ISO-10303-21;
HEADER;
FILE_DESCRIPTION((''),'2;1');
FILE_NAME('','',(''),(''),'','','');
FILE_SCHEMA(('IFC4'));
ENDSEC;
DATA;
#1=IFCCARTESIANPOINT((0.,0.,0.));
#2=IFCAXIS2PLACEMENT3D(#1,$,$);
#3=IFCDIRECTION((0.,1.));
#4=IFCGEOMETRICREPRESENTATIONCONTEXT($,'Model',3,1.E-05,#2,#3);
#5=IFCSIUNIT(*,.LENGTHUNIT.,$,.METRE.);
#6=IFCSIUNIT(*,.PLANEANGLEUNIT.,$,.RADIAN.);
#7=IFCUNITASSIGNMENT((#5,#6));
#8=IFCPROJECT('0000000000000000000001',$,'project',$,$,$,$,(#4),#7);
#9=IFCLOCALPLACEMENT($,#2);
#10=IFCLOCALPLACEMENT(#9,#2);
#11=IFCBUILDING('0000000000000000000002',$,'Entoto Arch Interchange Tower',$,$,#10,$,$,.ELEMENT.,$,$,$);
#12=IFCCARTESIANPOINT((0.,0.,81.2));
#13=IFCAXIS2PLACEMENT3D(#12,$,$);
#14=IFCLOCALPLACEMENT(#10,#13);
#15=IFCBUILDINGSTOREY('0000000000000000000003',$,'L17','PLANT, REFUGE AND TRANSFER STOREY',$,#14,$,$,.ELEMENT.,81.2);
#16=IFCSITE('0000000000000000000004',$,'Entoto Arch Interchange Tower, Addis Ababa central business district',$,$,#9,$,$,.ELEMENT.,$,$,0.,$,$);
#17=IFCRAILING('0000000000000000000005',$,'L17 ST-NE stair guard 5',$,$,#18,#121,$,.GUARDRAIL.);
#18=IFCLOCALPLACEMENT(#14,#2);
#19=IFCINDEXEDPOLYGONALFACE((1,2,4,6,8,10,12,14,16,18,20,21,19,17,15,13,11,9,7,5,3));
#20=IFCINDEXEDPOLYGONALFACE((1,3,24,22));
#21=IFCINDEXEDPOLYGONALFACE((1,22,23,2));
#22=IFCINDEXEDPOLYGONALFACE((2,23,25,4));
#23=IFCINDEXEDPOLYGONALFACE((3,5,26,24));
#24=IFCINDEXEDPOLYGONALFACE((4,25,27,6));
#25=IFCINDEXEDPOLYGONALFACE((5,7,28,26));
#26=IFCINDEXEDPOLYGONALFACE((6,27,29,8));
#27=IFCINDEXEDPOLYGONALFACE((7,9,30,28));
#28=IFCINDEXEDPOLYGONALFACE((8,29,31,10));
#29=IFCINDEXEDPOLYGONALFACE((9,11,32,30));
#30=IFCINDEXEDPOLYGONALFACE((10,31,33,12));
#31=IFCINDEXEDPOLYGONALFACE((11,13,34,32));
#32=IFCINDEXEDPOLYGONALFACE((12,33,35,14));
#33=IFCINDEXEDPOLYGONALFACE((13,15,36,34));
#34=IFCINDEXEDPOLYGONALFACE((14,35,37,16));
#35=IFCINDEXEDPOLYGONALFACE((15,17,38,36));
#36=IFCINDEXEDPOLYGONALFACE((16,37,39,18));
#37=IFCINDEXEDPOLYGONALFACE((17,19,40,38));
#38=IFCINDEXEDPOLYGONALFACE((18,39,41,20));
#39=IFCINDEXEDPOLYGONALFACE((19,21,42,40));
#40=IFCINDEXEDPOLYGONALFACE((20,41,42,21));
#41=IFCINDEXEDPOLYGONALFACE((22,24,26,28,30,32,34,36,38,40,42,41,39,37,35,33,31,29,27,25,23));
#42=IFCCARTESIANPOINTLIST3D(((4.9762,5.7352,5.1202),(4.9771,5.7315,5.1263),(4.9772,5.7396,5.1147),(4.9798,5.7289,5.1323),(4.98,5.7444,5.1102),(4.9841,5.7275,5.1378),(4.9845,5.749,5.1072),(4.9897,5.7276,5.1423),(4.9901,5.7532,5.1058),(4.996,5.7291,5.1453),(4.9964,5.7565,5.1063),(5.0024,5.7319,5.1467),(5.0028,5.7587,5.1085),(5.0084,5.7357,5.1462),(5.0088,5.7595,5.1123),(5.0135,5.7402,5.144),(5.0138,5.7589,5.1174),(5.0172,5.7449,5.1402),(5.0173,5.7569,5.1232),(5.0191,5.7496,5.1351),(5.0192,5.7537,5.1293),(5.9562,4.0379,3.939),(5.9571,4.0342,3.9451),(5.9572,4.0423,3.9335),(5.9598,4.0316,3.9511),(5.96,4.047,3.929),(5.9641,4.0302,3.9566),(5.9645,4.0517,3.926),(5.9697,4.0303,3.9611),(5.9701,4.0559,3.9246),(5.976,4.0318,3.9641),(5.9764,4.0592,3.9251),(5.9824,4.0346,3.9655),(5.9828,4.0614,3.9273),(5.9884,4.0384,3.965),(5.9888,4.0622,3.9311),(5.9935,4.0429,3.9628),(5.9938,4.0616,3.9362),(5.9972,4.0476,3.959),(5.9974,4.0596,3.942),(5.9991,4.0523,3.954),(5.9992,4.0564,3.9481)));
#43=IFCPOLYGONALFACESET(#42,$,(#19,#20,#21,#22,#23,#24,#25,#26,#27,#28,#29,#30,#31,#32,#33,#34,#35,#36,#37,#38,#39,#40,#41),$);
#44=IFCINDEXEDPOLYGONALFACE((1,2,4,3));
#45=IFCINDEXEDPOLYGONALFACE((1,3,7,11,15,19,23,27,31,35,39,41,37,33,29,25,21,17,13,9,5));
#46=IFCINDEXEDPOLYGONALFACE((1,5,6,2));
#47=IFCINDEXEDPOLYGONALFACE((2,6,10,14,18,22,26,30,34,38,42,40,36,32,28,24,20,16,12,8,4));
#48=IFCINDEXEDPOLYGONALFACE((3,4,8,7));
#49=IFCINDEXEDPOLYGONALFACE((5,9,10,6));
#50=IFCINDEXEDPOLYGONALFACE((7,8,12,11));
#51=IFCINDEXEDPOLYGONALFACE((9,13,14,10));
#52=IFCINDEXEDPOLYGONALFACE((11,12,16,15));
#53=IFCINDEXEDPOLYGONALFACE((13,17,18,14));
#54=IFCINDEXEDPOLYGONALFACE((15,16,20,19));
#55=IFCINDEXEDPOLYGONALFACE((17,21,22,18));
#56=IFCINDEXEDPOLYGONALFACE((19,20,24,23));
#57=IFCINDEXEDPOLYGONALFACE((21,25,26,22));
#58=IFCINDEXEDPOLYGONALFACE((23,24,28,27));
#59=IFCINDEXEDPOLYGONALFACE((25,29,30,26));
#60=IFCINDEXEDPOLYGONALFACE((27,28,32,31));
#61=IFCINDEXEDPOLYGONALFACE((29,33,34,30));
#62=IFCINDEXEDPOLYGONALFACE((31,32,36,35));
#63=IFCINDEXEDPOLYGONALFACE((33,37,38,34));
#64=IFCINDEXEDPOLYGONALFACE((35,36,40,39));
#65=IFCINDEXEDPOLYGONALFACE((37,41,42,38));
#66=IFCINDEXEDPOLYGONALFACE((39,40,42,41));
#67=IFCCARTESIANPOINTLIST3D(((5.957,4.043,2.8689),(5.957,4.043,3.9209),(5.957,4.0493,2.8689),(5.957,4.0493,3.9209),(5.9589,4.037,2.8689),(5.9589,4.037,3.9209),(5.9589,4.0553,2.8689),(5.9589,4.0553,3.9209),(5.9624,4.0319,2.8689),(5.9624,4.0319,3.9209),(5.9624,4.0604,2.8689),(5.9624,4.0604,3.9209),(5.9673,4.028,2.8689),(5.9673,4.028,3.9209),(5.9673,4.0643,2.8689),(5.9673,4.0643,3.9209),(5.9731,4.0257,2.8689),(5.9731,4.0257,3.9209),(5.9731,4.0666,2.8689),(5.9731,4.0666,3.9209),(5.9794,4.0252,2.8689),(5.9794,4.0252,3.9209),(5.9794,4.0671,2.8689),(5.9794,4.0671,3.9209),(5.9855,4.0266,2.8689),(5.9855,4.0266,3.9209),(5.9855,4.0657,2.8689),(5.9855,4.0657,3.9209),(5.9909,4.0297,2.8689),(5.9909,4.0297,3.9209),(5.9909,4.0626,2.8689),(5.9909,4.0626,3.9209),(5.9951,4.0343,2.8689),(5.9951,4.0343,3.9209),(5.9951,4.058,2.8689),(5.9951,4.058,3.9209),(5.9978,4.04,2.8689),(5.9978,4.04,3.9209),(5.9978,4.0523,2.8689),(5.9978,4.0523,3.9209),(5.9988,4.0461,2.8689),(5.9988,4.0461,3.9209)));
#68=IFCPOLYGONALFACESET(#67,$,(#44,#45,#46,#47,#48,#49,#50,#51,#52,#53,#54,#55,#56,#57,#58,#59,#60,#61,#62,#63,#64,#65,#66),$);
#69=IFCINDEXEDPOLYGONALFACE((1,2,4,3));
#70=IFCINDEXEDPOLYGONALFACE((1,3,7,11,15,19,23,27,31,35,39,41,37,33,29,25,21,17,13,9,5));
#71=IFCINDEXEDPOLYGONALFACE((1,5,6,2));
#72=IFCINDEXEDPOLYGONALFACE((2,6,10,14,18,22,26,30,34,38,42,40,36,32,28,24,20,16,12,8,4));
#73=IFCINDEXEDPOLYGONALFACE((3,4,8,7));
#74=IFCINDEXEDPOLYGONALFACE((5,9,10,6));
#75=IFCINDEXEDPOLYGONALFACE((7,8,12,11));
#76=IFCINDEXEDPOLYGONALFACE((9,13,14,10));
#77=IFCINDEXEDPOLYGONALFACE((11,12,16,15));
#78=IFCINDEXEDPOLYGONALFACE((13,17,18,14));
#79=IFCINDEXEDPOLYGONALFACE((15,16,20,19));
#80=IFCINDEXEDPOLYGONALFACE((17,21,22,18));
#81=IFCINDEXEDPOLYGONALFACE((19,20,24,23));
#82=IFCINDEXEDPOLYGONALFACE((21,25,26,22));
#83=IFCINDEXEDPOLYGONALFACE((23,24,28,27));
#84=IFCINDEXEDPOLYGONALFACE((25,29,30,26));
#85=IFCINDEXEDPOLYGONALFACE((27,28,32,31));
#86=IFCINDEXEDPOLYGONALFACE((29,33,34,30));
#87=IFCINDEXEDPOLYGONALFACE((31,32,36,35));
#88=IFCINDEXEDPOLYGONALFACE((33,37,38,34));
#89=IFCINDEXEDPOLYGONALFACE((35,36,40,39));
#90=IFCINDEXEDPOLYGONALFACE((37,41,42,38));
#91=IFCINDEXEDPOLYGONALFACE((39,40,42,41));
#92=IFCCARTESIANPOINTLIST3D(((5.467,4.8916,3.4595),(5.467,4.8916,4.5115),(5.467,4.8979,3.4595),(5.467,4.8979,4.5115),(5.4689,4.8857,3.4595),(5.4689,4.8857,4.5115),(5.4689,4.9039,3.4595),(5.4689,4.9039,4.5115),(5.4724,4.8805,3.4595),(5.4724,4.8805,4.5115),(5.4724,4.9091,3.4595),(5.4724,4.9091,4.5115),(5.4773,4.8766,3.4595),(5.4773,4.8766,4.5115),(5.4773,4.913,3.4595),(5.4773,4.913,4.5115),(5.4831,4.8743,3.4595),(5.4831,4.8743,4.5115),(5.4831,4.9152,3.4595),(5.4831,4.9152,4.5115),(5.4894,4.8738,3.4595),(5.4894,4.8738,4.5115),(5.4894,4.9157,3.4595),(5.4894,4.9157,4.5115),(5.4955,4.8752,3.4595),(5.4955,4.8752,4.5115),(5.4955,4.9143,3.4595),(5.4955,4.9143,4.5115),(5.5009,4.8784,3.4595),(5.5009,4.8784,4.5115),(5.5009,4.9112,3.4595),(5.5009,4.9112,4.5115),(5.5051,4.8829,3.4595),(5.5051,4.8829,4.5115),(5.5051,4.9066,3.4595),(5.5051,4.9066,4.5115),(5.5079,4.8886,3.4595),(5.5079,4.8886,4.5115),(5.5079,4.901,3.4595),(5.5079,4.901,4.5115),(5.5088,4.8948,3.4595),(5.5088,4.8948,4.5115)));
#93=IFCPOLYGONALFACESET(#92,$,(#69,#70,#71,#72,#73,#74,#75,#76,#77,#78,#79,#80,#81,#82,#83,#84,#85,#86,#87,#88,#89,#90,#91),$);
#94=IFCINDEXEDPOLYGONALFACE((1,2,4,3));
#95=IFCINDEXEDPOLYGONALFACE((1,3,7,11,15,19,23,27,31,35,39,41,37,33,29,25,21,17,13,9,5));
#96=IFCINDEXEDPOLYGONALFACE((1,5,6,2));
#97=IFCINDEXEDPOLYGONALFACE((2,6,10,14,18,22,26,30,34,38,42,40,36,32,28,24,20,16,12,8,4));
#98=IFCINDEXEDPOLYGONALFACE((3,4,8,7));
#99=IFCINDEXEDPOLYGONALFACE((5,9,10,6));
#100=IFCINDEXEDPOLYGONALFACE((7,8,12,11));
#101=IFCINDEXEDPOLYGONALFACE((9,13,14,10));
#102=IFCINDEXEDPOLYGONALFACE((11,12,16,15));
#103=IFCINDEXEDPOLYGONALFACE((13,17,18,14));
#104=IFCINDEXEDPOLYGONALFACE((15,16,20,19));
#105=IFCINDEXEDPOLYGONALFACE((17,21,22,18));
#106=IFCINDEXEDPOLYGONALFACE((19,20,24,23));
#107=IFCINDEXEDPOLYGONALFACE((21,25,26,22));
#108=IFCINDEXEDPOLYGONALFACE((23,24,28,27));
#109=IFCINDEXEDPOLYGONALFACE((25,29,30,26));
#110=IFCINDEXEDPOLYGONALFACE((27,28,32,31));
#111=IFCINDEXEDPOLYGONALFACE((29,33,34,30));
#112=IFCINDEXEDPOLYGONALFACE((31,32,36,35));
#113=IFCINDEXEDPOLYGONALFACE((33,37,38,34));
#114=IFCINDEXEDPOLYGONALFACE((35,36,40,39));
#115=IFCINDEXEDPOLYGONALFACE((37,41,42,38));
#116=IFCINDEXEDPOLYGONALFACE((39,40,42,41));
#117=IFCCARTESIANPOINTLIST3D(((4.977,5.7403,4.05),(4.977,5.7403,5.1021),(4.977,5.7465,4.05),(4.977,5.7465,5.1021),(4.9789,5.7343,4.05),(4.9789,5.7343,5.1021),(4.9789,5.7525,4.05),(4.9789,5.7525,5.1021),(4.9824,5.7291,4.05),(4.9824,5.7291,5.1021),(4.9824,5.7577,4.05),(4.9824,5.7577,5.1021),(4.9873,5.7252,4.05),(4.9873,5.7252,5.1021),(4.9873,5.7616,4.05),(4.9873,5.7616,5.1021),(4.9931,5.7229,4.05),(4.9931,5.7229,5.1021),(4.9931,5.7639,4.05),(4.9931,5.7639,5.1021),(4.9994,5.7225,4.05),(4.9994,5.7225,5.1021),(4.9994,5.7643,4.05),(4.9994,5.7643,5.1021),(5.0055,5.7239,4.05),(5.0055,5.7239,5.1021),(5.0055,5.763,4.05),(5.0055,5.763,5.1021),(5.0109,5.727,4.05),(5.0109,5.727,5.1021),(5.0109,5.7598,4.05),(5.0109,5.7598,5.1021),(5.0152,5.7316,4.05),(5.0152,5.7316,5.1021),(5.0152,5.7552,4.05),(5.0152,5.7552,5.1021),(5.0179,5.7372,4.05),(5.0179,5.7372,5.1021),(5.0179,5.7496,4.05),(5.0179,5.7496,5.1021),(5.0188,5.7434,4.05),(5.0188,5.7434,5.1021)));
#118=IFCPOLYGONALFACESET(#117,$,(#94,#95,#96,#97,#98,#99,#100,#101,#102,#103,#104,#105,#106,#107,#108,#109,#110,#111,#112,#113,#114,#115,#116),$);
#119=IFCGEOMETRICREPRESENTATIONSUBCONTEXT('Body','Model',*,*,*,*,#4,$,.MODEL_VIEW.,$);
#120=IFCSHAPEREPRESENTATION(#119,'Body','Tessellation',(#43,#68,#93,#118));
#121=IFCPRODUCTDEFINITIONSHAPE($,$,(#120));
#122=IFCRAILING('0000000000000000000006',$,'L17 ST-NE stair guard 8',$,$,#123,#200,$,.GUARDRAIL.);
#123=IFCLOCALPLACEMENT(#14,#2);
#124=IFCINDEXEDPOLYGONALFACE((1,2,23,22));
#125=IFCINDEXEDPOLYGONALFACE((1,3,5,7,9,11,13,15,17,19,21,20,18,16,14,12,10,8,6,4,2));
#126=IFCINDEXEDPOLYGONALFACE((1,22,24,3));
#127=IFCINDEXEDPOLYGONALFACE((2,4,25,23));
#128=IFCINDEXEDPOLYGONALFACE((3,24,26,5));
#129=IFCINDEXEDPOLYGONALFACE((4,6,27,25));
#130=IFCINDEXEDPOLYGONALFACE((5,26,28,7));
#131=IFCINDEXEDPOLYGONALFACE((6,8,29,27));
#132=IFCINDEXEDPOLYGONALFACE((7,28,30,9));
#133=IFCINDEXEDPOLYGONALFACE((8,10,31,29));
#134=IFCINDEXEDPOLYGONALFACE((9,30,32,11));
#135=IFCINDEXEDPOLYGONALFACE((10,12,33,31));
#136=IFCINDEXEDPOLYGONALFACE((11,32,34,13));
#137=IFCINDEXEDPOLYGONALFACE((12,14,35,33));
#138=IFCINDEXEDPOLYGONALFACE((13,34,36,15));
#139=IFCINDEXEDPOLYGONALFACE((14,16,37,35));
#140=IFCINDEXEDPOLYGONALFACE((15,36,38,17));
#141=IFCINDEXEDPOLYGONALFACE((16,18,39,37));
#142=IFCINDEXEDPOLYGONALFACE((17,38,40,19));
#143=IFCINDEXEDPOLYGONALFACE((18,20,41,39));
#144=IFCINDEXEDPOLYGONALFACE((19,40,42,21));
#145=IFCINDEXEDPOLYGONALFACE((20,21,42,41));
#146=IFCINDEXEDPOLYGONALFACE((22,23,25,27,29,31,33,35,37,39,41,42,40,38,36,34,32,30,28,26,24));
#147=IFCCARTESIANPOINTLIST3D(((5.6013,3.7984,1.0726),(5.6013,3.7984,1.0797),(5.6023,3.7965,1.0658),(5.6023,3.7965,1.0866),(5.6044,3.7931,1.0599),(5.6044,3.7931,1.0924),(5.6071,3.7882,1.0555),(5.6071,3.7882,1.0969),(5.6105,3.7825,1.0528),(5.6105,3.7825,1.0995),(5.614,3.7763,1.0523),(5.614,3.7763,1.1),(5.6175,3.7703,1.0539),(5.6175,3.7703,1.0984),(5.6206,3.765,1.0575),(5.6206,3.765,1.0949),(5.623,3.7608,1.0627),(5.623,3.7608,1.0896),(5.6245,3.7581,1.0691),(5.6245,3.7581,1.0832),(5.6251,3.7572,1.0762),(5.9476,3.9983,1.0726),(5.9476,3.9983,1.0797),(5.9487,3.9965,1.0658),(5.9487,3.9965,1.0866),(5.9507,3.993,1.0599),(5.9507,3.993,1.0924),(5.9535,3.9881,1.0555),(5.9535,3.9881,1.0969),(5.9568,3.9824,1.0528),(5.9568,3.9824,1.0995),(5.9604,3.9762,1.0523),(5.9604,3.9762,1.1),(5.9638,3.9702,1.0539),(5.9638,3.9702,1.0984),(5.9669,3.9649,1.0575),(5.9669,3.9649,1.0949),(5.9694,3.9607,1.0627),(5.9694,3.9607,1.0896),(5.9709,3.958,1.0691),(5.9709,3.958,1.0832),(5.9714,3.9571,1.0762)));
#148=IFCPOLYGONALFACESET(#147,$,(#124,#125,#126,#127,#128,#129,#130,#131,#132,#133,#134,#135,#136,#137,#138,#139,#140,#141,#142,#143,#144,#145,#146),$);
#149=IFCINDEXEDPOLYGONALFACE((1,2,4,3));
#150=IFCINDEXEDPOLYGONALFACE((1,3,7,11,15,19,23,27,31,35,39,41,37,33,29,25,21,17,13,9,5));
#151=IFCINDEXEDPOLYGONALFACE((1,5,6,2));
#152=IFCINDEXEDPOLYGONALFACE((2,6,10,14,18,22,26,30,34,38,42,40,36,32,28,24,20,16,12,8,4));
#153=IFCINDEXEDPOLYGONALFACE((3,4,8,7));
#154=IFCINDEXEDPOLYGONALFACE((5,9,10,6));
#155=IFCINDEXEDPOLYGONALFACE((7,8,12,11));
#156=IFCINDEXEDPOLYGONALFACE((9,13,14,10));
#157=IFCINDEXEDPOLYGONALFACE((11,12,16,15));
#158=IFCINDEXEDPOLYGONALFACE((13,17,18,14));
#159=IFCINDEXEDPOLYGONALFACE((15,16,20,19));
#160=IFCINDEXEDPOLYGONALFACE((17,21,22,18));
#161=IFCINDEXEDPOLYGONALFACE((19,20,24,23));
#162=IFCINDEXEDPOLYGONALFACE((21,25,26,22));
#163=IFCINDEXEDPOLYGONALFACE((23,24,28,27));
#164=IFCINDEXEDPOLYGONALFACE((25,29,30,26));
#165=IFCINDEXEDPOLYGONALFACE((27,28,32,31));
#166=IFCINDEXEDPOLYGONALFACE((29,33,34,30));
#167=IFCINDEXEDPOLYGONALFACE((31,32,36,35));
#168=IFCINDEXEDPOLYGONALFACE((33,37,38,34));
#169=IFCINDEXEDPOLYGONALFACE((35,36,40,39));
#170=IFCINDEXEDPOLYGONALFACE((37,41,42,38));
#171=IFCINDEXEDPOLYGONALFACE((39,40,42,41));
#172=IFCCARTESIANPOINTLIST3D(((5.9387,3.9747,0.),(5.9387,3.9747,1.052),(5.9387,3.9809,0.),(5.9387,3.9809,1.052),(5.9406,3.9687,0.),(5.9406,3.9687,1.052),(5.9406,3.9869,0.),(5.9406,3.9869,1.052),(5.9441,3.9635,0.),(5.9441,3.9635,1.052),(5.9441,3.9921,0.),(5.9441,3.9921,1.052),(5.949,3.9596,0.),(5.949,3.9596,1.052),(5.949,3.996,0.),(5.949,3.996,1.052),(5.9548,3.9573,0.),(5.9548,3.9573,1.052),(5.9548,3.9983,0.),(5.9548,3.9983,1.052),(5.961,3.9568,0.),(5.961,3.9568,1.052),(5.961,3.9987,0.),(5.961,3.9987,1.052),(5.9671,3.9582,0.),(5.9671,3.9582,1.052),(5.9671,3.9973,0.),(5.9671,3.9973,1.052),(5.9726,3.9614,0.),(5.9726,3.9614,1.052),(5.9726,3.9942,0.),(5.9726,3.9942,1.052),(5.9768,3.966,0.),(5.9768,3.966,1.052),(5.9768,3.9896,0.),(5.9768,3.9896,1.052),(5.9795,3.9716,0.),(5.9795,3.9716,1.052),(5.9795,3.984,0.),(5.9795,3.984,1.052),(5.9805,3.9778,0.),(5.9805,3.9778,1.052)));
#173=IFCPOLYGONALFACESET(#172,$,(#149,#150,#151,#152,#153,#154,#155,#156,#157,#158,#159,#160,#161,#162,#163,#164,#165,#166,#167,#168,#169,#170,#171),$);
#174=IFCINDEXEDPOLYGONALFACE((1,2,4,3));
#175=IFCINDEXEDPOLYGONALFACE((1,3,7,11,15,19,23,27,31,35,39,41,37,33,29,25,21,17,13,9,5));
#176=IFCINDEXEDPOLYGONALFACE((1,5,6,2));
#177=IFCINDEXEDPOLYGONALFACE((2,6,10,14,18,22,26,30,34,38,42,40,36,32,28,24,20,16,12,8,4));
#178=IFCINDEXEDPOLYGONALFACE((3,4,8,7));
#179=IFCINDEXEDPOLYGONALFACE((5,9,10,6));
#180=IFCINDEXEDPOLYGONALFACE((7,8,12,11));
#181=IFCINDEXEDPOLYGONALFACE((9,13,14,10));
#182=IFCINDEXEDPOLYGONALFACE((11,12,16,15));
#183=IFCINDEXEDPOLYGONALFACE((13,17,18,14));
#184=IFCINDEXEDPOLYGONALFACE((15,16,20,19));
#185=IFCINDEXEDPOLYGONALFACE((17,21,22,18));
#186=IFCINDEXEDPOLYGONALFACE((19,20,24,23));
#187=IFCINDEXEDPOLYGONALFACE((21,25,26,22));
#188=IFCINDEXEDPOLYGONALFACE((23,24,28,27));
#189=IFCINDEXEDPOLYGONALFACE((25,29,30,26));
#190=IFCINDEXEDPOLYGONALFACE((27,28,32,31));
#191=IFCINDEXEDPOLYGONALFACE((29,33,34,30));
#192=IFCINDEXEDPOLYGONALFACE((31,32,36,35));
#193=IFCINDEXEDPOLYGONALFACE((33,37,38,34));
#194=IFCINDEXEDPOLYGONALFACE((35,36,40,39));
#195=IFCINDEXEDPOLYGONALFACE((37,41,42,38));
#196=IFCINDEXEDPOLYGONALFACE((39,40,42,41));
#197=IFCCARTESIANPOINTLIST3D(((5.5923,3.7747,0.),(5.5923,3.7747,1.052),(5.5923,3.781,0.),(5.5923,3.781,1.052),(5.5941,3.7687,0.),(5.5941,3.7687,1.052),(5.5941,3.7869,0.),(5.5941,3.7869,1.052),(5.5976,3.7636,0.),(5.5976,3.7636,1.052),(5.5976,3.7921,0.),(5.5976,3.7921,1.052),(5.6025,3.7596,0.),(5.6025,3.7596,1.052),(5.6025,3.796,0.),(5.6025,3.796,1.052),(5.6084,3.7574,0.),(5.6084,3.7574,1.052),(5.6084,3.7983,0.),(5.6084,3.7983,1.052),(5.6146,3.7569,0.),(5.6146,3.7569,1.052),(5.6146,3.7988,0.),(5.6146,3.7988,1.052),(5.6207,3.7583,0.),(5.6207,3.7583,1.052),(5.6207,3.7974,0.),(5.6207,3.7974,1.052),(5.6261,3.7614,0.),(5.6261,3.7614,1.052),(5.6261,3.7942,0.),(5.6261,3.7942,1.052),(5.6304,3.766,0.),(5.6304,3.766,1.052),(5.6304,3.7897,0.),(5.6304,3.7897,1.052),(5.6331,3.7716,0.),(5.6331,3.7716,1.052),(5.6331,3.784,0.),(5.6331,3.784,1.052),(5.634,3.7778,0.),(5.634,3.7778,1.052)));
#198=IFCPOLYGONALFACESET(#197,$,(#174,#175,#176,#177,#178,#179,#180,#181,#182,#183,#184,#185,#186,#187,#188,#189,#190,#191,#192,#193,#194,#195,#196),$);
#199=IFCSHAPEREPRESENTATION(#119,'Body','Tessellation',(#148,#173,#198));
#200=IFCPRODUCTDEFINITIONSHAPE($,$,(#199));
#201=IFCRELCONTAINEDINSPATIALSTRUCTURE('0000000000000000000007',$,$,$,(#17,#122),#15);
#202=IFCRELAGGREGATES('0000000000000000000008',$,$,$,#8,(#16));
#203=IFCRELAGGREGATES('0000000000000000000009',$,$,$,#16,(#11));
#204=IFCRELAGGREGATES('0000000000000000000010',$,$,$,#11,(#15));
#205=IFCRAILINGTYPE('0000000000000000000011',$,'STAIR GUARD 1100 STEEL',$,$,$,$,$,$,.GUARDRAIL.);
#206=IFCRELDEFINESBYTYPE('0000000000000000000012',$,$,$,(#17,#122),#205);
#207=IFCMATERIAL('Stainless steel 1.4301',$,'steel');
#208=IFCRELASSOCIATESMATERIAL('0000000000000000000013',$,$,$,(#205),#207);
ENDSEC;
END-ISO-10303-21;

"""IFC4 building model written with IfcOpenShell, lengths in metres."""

from ifc_helpers import new_model, si_unit, direction, frame, origin, origin_2d, place, context, subcontext, project, spatial, circle, extrude, material, type_object, element, save


model = new_model("IFC4")

# Units and contexts
model_context = context("Model", 3, precision=1e-05, world=origin(), true_north=direction((0.0, 1.0)))
body_context = subcontext(model_context, "Body", "Model", "MODEL_VIEW")
ifc_project = project(units=[si_unit("LENGTHUNIT", "METRE"), si_unit("PLANEANGLEUNIT", "RADIAN")], contexts=[model_context])

# Site, building, storey
site_placement = place(None, origin())
site = spatial("IfcSite", under=ifc_project, at=site_placement, Name="Entoto Arch Interchange Tower, Addis Ababa central business district", CompositionType="ELEMENT", RefElevation=0.0)
building_placement = place(site_placement, origin())
building = spatial("IfcBuilding", under=site, at=building_placement, Name="Entoto Arch Interchange Tower", CompositionType="ELEMENT")
storey_placement = place(building_placement, frame((0.0, 0.0, 81.2)))
storey = spatial("IfcBuildingStorey", under=building, at=storey_placement, Name="L17", Description="PLANT, REFUGE AND TRANSFER STOREY", CompositionType="ELEMENT", Elevation=81.2)

# Railings
ifc_material_1 = material(Name="Stainless steel 1.4301", Category="steel")
railing_type_1 = type_object("IfcRailingType", Name="STAIR GUARD 1100 STEEL", PredefinedType="GUARDRAIL", material=ifc_material_1)
railing_1_placement = place(storey_placement, frame((5.9778, 4.0461, 2.8689)))
element("IfcRailing", 1, at=railing_1_placement, inside=storey, type_object=railing_type_1, Name="L17 ST-NE stair guard 5", PredefinedType="GUARDRAIL", context=body_context, shape_type="SweptSolid", body=[
    extrude(circle(Radius=0.0239, at=origin_2d()), frame((0.0, 0.0, 1.0762), z_axis=(-0.428262, 0.741723, 0.516176), x_axis=(-0.866011, -0.500024, 0.0)), (0.0, 0.0, 1.0), 2.2883),
    extrude(circle(Radius=0.021, at=origin_2d()), origin(), (0.0, 0.0, 1.0), 1.052),
    extrude(circle(Radius=0.021, at=origin_2d()), frame((-0.49, 0.8486, 0.5906)), (0.0, 0.0, 1.0), 1.052),
    extrude(circle(Radius=0.021, at=origin_2d()), frame((-0.98, 1.6973, 1.1812)), (0.0, 0.0, 1.0), 1.052),
])
railing_2_placement = place(storey_placement, frame((5.9595, 3.9778, 0.0)))
element("IfcRailing", 2, at=railing_2_placement, inside=storey, type_object=railing_type_1, Name="L17 ST-NE stair guard 8", PredefinedType="GUARDRAIL", context=body_context, shape_type="SweptSolid", body=[
    extrude(circle(Radius=0.0239, at=origin_2d()), frame((0.0, 0.0, 1.0762), z_axis=(-0.866094, -0.499881, 0.0), x_axis=(0.499881, -0.866094, 0.0)), (0.0, 0.0, 1.0), 0.3999),
    extrude(circle(Radius=0.021, at=origin_2d()), origin(), (0.0, 0.0, 1.0), 1.052),
    extrude(circle(Radius=0.021, at=origin_2d()), frame((-0.3464, -0.2, 0.0)), (0.0, 0.0, 1.0), 1.052),
])

save(model, "model.ifc")
